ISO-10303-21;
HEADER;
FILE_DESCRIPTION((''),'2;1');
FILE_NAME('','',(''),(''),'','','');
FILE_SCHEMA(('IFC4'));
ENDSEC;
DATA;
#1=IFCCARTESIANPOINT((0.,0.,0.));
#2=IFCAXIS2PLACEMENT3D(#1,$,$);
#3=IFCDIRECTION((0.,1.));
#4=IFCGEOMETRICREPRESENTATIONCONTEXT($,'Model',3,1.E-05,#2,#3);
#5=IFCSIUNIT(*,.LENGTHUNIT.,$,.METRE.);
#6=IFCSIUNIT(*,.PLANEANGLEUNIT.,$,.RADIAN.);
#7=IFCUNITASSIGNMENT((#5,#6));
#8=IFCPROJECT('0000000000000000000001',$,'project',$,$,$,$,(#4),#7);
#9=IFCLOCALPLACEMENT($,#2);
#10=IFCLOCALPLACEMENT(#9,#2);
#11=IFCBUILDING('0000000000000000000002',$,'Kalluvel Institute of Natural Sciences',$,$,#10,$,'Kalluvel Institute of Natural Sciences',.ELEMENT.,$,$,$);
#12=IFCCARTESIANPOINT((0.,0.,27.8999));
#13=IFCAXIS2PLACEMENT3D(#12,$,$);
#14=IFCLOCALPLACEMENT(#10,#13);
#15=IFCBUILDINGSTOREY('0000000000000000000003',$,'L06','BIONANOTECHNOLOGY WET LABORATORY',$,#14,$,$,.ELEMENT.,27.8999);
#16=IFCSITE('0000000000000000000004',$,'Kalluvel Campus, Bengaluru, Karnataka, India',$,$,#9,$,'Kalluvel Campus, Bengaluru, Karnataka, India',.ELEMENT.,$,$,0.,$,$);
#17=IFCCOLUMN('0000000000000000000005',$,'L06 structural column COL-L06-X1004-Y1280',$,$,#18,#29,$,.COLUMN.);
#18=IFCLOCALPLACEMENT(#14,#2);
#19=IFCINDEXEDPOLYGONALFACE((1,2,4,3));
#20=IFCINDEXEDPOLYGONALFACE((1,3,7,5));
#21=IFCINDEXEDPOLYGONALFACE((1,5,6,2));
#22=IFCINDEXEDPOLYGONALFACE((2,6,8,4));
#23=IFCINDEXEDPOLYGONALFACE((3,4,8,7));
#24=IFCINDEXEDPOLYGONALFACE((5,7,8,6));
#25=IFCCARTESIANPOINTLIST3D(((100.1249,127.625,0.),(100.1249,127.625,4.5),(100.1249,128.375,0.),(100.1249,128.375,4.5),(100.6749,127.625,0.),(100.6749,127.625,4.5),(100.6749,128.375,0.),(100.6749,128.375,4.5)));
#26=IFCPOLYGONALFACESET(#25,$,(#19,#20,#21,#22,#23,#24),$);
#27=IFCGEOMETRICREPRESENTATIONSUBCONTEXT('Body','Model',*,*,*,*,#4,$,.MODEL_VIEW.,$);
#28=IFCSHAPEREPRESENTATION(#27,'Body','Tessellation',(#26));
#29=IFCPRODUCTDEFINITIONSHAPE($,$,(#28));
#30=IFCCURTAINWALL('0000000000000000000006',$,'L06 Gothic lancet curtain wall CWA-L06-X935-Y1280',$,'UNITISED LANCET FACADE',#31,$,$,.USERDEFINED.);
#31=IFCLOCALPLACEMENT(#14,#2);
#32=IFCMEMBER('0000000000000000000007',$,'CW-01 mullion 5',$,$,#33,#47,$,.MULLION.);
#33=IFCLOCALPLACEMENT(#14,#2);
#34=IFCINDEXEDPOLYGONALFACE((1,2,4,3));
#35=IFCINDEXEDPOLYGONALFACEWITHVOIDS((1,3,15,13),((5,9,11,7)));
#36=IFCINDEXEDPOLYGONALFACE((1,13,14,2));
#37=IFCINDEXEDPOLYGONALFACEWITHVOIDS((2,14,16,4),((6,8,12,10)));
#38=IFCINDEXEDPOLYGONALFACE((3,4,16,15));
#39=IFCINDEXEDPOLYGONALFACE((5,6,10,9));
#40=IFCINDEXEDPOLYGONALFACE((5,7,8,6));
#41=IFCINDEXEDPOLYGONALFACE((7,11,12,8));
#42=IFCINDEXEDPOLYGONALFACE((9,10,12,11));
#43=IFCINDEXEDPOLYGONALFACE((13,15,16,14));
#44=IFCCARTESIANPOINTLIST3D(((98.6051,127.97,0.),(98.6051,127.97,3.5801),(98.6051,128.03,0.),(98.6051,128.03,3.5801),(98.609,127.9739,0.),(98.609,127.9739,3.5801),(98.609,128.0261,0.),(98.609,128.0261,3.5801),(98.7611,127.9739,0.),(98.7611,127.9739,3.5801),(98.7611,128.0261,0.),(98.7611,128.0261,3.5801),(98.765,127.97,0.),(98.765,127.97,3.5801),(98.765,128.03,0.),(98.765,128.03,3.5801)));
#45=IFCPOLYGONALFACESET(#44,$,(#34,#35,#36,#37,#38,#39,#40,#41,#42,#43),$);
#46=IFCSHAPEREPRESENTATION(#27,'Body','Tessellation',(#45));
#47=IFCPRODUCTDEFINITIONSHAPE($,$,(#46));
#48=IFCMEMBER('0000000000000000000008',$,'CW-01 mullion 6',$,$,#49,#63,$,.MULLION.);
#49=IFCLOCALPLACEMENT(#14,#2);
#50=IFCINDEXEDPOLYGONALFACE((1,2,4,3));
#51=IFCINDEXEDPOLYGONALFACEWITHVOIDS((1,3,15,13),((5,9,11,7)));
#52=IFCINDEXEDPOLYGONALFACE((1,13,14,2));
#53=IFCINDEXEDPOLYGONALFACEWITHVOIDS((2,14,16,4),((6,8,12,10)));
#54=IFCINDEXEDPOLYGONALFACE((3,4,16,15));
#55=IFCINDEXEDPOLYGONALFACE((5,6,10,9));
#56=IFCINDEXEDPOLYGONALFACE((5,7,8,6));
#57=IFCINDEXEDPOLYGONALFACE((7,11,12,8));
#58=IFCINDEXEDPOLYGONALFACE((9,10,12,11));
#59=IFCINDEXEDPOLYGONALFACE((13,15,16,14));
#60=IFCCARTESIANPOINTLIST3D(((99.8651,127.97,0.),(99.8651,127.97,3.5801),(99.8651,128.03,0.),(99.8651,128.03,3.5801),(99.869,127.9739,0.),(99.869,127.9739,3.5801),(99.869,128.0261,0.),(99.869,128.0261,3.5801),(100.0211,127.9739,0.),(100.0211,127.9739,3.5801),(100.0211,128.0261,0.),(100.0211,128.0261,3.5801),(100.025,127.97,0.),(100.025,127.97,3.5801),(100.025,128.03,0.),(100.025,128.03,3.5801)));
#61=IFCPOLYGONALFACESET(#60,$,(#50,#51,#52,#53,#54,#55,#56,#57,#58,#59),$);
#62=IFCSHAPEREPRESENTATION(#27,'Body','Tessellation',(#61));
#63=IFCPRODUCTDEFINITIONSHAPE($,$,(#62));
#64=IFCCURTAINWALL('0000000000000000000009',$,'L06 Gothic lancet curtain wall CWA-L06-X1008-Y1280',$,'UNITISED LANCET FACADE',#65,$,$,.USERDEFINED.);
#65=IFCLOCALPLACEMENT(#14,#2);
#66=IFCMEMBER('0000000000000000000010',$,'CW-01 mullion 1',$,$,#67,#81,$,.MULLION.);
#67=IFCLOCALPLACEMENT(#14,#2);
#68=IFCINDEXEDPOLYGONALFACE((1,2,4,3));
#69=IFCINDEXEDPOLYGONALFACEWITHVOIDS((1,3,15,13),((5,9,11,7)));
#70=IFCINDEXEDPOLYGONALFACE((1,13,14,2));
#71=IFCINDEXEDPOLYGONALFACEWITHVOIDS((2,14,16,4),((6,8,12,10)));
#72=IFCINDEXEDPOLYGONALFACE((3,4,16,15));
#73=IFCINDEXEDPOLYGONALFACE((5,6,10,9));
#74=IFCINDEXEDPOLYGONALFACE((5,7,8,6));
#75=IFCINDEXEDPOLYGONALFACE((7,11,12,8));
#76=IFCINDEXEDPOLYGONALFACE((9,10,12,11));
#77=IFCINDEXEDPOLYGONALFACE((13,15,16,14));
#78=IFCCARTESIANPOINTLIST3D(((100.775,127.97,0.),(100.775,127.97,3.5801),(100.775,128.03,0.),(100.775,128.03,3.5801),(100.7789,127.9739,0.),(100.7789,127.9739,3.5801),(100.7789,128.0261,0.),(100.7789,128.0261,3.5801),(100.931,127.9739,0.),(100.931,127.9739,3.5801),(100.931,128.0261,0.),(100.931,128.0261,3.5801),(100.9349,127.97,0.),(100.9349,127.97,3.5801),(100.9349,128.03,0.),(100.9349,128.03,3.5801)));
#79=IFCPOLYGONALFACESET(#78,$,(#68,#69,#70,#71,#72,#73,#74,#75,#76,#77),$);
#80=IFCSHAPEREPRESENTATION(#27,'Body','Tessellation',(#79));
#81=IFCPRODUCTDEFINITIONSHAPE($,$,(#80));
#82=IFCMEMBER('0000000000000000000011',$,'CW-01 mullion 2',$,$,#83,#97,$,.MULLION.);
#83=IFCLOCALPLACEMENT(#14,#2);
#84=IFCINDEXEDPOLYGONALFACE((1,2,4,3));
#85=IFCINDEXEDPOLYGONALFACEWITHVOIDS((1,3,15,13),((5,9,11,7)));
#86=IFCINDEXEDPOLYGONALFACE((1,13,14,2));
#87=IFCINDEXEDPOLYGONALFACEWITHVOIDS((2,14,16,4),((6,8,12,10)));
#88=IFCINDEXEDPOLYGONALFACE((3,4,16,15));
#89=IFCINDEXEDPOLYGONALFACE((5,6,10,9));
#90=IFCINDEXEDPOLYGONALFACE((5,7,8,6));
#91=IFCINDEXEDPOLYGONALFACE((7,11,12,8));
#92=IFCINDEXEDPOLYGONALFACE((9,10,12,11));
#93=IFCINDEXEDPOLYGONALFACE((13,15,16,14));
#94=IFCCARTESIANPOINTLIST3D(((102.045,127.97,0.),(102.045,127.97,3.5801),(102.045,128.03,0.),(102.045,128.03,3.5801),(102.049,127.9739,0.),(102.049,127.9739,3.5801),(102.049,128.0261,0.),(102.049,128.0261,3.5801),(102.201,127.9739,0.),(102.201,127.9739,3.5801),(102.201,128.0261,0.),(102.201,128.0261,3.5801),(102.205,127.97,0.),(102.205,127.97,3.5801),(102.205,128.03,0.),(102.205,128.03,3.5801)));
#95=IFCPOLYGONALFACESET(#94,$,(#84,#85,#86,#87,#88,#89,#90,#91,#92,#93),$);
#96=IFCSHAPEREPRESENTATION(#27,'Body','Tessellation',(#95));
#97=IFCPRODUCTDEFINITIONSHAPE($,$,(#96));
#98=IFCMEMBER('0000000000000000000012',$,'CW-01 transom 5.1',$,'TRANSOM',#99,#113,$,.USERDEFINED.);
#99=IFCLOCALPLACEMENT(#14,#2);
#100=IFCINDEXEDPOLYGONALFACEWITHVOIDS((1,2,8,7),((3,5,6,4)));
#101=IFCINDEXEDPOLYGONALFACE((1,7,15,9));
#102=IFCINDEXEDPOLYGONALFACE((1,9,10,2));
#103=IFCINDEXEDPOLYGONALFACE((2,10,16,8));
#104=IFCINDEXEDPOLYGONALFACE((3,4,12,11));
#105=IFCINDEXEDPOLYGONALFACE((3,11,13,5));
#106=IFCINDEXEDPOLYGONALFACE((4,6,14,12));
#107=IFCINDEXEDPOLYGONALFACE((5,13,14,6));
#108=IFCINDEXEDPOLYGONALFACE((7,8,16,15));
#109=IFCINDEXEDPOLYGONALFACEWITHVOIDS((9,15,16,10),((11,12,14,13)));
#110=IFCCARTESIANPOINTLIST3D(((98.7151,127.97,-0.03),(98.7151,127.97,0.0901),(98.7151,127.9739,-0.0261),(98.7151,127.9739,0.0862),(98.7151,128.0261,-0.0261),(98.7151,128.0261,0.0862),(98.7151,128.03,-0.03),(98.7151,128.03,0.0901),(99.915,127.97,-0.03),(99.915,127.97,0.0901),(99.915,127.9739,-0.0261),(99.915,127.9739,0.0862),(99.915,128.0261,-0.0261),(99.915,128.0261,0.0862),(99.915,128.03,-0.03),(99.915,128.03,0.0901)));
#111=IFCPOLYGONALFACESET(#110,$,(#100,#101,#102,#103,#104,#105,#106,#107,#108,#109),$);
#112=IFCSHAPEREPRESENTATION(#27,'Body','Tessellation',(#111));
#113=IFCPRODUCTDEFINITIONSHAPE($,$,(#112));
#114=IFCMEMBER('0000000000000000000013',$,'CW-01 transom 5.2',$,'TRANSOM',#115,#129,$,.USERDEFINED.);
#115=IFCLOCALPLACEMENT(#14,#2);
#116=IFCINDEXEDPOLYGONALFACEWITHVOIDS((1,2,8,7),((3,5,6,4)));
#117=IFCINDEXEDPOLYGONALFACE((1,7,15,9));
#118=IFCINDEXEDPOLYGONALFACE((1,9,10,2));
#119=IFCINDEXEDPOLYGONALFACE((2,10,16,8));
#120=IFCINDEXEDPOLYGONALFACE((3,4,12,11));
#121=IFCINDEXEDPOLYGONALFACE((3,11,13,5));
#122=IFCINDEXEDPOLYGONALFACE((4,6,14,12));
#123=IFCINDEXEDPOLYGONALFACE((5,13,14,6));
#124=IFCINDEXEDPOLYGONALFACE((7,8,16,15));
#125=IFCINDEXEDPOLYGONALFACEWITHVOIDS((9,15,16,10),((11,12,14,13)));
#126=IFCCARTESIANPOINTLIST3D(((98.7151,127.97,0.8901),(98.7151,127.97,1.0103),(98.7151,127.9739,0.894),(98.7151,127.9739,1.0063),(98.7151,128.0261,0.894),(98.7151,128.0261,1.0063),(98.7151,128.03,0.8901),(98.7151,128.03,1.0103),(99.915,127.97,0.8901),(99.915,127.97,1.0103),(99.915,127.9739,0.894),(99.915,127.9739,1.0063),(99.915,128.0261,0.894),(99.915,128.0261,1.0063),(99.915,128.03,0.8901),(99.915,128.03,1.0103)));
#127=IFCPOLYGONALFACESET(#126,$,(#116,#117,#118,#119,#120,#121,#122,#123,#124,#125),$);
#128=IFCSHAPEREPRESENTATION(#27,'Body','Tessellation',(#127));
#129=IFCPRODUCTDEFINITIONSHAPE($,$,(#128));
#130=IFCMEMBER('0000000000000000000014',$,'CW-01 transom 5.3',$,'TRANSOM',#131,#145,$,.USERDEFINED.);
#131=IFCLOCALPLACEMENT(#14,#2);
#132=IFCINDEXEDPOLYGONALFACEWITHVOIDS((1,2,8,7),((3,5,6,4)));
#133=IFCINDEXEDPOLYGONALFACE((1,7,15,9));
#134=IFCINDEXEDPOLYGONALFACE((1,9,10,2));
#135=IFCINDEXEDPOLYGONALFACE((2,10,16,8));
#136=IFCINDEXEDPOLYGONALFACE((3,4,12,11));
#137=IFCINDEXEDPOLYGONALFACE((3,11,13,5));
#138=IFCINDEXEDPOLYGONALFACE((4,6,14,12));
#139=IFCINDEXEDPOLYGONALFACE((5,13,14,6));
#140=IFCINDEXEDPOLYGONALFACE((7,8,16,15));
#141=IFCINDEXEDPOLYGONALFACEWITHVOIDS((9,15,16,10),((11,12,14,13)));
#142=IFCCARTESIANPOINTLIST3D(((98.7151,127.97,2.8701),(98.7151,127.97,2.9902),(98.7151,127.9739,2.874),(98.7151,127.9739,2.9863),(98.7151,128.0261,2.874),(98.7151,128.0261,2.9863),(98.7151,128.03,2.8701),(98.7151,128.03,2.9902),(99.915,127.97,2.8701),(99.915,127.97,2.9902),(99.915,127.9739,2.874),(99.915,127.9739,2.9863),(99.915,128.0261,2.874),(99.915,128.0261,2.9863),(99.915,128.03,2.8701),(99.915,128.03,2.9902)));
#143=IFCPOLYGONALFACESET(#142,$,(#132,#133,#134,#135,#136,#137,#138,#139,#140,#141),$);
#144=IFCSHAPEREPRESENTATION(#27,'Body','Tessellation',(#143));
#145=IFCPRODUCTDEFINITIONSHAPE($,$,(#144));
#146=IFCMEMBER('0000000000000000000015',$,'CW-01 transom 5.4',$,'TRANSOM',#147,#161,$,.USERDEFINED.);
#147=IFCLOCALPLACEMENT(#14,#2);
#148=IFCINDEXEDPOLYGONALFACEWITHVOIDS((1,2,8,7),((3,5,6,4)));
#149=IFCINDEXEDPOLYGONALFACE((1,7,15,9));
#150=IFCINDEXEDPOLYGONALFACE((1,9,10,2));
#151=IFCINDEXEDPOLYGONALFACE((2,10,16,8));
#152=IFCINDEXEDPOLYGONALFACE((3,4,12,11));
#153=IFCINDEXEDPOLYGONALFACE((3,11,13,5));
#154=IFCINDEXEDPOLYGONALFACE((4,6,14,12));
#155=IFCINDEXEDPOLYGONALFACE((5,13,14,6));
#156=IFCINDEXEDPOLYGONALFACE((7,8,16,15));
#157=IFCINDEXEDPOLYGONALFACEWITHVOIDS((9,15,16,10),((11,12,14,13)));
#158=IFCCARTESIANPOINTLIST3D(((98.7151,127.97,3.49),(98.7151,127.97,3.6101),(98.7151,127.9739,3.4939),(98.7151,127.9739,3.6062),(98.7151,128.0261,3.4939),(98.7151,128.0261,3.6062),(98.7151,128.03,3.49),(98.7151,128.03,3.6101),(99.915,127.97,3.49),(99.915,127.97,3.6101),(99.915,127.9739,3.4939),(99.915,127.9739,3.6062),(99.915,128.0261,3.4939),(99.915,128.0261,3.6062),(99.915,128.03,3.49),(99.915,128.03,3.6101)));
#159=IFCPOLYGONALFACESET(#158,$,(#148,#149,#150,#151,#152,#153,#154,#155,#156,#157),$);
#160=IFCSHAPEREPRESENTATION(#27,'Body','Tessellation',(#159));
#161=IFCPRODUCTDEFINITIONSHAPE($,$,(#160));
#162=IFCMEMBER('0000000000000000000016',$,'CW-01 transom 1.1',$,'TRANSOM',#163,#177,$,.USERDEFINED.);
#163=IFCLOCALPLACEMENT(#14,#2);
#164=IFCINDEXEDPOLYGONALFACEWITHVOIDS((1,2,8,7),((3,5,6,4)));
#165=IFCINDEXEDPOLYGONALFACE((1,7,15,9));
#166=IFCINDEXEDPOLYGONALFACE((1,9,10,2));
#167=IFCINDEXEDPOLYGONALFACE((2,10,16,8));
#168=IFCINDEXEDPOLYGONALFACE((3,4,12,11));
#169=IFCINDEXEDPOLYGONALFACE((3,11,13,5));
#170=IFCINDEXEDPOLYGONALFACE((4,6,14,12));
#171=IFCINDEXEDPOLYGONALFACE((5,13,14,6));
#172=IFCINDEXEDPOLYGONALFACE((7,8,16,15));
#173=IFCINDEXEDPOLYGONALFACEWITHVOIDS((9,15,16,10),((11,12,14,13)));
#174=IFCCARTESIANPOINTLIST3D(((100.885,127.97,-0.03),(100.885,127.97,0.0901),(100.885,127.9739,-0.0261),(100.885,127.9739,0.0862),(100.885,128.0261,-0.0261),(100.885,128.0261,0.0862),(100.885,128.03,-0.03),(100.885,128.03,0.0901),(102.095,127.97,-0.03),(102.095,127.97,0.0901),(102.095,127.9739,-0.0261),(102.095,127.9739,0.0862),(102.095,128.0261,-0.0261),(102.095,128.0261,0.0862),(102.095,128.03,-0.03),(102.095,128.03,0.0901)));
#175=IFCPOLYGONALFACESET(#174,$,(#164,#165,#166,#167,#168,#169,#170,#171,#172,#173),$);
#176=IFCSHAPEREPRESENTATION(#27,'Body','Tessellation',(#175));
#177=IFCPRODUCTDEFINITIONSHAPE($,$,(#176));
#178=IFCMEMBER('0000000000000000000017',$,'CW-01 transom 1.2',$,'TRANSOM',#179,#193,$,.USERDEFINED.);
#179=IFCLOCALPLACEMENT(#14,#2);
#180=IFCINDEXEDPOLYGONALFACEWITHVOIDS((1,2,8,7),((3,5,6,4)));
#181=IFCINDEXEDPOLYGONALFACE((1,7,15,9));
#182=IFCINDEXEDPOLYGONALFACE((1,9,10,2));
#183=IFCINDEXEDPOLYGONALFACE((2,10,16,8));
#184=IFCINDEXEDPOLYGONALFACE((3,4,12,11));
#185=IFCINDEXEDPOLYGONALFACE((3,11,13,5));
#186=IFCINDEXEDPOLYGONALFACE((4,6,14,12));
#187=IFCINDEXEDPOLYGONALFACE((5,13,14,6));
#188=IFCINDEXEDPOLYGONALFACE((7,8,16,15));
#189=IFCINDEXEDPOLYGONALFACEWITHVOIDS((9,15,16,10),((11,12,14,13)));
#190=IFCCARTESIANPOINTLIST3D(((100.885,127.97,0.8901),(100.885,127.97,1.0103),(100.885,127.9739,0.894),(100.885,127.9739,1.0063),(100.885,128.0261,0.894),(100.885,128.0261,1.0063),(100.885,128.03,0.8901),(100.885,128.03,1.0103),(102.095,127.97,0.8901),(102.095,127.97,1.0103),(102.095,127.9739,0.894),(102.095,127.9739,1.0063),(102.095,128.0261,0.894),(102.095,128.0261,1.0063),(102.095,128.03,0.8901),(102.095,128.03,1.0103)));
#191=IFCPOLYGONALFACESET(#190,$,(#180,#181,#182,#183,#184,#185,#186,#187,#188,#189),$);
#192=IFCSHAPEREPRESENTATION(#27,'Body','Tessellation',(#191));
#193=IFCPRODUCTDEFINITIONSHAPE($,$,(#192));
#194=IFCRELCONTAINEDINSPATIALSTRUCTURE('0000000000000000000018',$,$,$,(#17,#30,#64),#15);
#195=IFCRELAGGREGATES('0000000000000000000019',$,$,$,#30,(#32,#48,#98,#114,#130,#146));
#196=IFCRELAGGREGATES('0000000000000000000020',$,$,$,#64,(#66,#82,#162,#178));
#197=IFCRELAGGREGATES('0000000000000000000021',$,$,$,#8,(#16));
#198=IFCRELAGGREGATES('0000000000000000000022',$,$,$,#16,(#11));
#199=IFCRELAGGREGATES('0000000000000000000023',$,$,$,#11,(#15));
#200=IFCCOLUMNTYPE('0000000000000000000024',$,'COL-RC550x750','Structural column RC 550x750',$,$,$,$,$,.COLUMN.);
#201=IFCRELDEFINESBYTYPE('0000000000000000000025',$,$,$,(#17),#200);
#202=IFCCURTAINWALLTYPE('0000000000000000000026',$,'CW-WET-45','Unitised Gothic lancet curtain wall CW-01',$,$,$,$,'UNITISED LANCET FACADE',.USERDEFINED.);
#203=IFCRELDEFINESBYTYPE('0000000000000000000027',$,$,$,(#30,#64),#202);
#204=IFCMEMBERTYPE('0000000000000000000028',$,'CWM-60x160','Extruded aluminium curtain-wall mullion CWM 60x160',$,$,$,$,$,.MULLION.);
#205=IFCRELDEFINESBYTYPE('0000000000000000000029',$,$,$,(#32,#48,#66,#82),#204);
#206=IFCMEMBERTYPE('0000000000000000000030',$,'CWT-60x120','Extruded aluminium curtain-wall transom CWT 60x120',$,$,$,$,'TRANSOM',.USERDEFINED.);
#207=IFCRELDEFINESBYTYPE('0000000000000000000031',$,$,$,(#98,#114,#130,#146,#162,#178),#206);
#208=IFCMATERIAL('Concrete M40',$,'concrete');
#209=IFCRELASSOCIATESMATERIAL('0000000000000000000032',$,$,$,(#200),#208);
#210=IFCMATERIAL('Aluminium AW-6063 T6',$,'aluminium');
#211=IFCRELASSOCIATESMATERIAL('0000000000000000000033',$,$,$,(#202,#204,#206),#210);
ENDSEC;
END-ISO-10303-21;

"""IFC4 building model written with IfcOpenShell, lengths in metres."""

from ifc_helpers import new_model, si_unit, direction, frame, origin, origin_2d, place, context, subcontext, project, spatial, rectangle, hollow_rectangle, extrude, material, material_profile, profile_set, type_object, element, aggregate, save


model = new_model("IFC4")

# Units and contexts
model_context = context("Model", 3, precision=1e-05, world=origin(), true_north=direction((0.0, 1.0)))
body_context = subcontext(model_context, "Body", "Model", "MODEL_VIEW")
ifc_project = project(units=[si_unit("LENGTHUNIT", "METRE"), si_unit("PLANEANGLEUNIT", "RADIAN")], contexts=[model_context])

# Site, building, storey
site_placement = place(None, origin())
site = spatial("IfcSite", under=ifc_project, at=site_placement, Name="Kalluvel Campus, Bengaluru, Karnataka, India", LongName="Kalluvel Campus, Bengaluru, Karnataka, India", CompositionType="ELEMENT", RefElevation=0.0)
building_placement = place(site_placement, origin())
building = spatial("IfcBuilding", under=site, at=building_placement, Name="Kalluvel Institute of Natural Sciences", LongName="Kalluvel Institute of Natural Sciences", CompositionType="ELEMENT")
storey_placement = place(building_placement, frame((0.0, 0.0, 27.8999)))
storey = spatial("IfcBuildingStorey", under=building, at=storey_placement, Name="L06", Description="BIONANOTECHNOLOGY WET LABORATORY", CompositionType="ELEMENT", Elevation=27.8999)

# Column
ifc_material_1 = material(Name="Concrete M40", Category="concrete")
ifc_material_profile_1 = material_profile(ifc_material_1, rectangle(XDim=0.55, YDim=0.75, at=origin_2d()), Name="RC 550x750")
ifc_profile_set_1 = profile_set([ifc_material_profile_1], Name="Concrete M40")
column_type = type_object("IfcColumnType", Name="COL-RC550x750", Description="Structural column RC 550x750", PredefinedType="COLUMN", material=ifc_profile_set_1)
column_placement = place(storey_placement, frame((100.3999, 128.0, 0.0), z_axis=(0.0, 0.0, 1.0), x_axis=(1.0, 0.0, 0.0)))
element("IfcColumn", 1, at=column_placement, inside=storey, type_object=column_type, Name="L06 structural column COL-L06-X1004-Y1280", PredefinedType="COLUMN", context=body_context, shape_type="SweptSolid", body=[
    extrude(rectangle(XDim=0.55, YDim=0.75, at=origin_2d()), origin(), (0.0, 0.0, 1.0), 4.5),
])

# Curtain walls, members
ifc_material_2 = material(Name="Aluminium AW-6063 T6", Category="aluminium")
curtain_wall_type = type_object("IfcCurtainWallType", Name="CW-WET-45", Description="Unitised Gothic lancet curtain wall CW-01", ElementType="UNITISED LANCET FACADE", PredefinedType="USERDEFINED", material=ifc_material_2)
curtain_wall_1_placement = place(storey_placement, origin())
curtain_wall_1 = element("IfcCurtainWall", 2, at=curtain_wall_1_placement, inside=storey, type_object=curtain_wall_type, Name="L06 Gothic lancet curtain wall CWA-L06-X935-Y1280", ObjectType="UNITISED LANCET FACADE", PredefinedType="USERDEFINED")
ifc_material_profile_2 = material_profile(ifc_material_2, hollow_rectangle(XDim=0.0601, YDim=0.1599, WallThickness=0.0039, at=origin_2d()), Name="CWM 60x160")
ifc_profile_set_2 = profile_set([ifc_material_profile_2], Name="Aluminium AW-6063 T6")
member_type_1 = type_object("IfcMemberType", Name="CWM-60x160", Description="Extruded aluminium curtain-wall mullion CWM 60x160", PredefinedType="MULLION", material=ifc_profile_set_2)
member_1_placement = place(storey_placement, frame((98.6851, 128.0, 0.0), z_axis=(0.0, 0.0, 1.0), x_axis=(0.0, 1.0, 0.0)))
member_1 = element("IfcMember", 3, at=member_1_placement, type_object=member_type_1, Name="CW-01 mullion 5", PredefinedType="MULLION", context=body_context, shape_type="SweptSolid", body=[
    extrude(hollow_rectangle(XDim=0.0601, YDim=0.1599, WallThickness=0.0039, at=origin_2d()), origin(), (0.0, 0.0, 1.0), 3.5801),
])
member_2_placement = place(storey_placement, frame((99.9451, 128.0, 0.0), z_axis=(0.0, 0.0, 1.0), x_axis=(0.0, 1.0, 0.0)))
member_2 = element("IfcMember", 4, at=member_2_placement, type_object=member_type_1, Name="CW-01 mullion 6", PredefinedType="MULLION", context=body_context, shape_type="SweptSolid", body=[
    extrude(hollow_rectangle(XDim=0.0601, YDim=0.1599, WallThickness=0.0039, at=origin_2d()), origin(), (0.0, 0.0, 1.0), 3.5801),
])
curtain_wall_2_placement = place(storey_placement, origin())
curtain_wall_2 = element("IfcCurtainWall", 5, at=curtain_wall_2_placement, inside=storey, type_object=curtain_wall_type, Name="L06 Gothic lancet curtain wall CWA-L06-X1008-Y1280", ObjectType="UNITISED LANCET FACADE", PredefinedType="USERDEFINED")
member_3_placement = place(storey_placement, frame((100.855, 128.0, 0.0), z_axis=(0.0, 0.0, 1.0), x_axis=(0.0, 1.0, 0.0)))
member_3 = element("IfcMember", 6, at=member_3_placement, type_object=member_type_1, Name="CW-01 mullion 1", PredefinedType="MULLION", context=body_context, shape_type="SweptSolid", body=[
    extrude(hollow_rectangle(XDim=0.0601, YDim=0.1599, WallThickness=0.0039, at=origin_2d()), origin(), (0.0, 0.0, 1.0), 3.5801),
])
member_4_placement = place(storey_placement, frame((102.125, 128.0, 0.0), z_axis=(0.0, 0.0, 1.0), x_axis=(0.0, 1.0, 0.0)))
member_4 = element("IfcMember", 7, at=member_4_placement, type_object=member_type_1, Name="CW-01 mullion 2", PredefinedType="MULLION", context=body_context, shape_type="SweptSolid", body=[
    extrude(hollow_rectangle(XDim=0.0601, YDim=0.1599, WallThickness=0.0039, at=origin_2d()), origin(), (0.0, 0.0, 1.0), 3.5801),
])

# Members
ifc_material_profile_3 = material_profile(ifc_material_2, hollow_rectangle(XDim=0.0601, YDim=0.1201, WallThickness=0.0039, at=origin_2d()), Name="CWT 60x120")
ifc_profile_set_3 = profile_set([ifc_material_profile_3], Name="Aluminium AW-6063 T6")
member_type_2 = type_object("IfcMemberType", Name="CWT-60x120", Description="Extruded aluminium curtain-wall transom CWT 60x120", ElementType="TRANSOM", PredefinedType="USERDEFINED", material=ifc_profile_set_3)
member_5_placement = place(storey_placement, frame((98.7151, 128.0, 0.03), z_axis=(1.0, 0.0, 0.0), x_axis=(0.0, 1.0, 0.0)))
member_5 = element("IfcMember", 8, at=member_5_placement, type_object=member_type_2, Name="CW-01 transom 5.1", ObjectType="TRANSOM", PredefinedType="USERDEFINED", context=body_context, shape_type="SweptSolid", body=[
    extrude(hollow_rectangle(XDim=0.0601, YDim=0.1201, WallThickness=0.0039, at=origin_2d()), origin(), (0.0, 0.0, 1.0), 1.2),
])
member_6_placement = place(storey_placement, frame((98.7151, 128.0, 0.9502), z_axis=(1.0, 0.0, 0.0), x_axis=(0.0, 1.0, 0.0)))
member_6 = element("IfcMember", 9, at=member_6_placement, type_object=member_type_2, Name="CW-01 transom 5.2", ObjectType="TRANSOM", PredefinedType="USERDEFINED", context=body_context, shape_type="SweptSolid", body=[
    extrude(hollow_rectangle(XDim=0.0601, YDim=0.1201, WallThickness=0.0039, at=origin_2d()), origin(), (0.0, 0.0, 1.0), 1.2),
])
member_7_placement = place(storey_placement, frame((98.7151, 128.0, 2.9302), z_axis=(1.0, 0.0, 0.0), x_axis=(0.0, 1.0, 0.0)))
member_7 = element("IfcMember", 10, at=member_7_placement, type_object=member_type_2, Name="CW-01 transom 5.3", ObjectType="TRANSOM", PredefinedType="USERDEFINED", context=body_context, shape_type="SweptSolid", body=[
    extrude(hollow_rectangle(XDim=0.0601, YDim=0.1201, WallThickness=0.0039, at=origin_2d()), origin(), (0.0, 0.0, 1.0), 1.2),
])
member_8_placement = place(storey_placement, frame((98.7151, 128.0, 3.55), z_axis=(1.0, 0.0, 0.0), x_axis=(0.0, 1.0, 0.0)))
member_8 = element("IfcMember", 11, at=member_8_placement, type_object=member_type_2, Name="CW-01 transom 5.4", ObjectType="TRANSOM", PredefinedType="USERDEFINED", context=body_context, shape_type="SweptSolid", body=[
    extrude(hollow_rectangle(XDim=0.0601, YDim=0.1201, WallThickness=0.0039, at=origin_2d()), origin(), (0.0, 0.0, 1.0), 1.2),
])
member_9_placement = place(storey_placement, frame((100.885, 128.0, 0.03), z_axis=(1.0, 0.0, 0.0), x_axis=(0.0, 1.0, 0.0)))
member_9 = element("IfcMember", 12, at=member_9_placement, type_object=member_type_2, Name="CW-01 transom 1.1", ObjectType="TRANSOM", PredefinedType="USERDEFINED", context=body_context, shape_type="SweptSolid", body=[
    extrude(hollow_rectangle(XDim=0.0601, YDim=0.1201, WallThickness=0.0039, at=origin_2d()), origin(), (0.0, 0.0, 1.0), 1.21),
])
member_10_placement = place(storey_placement, frame((100.885, 128.0, 0.9502), z_axis=(1.0, 0.0, 0.0), x_axis=(0.0, 1.0, 0.0)))
member_10 = element("IfcMember", 13, at=member_10_placement, type_object=member_type_2, Name="CW-01 transom 1.2", ObjectType="TRANSOM", PredefinedType="USERDEFINED", context=body_context, shape_type="SweptSolid", body=[
    extrude(hollow_rectangle(XDim=0.0601, YDim=0.1201, WallThickness=0.0039, at=origin_2d()), origin(), (0.0, 0.0, 1.0), 1.21),
])

aggregate(curtain_wall_1, [member_1, member_2, member_5, member_6, member_7, member_8])
aggregate(curtain_wall_2, [member_3, member_4, member_9, member_10])

save(model, "model.ifc")
